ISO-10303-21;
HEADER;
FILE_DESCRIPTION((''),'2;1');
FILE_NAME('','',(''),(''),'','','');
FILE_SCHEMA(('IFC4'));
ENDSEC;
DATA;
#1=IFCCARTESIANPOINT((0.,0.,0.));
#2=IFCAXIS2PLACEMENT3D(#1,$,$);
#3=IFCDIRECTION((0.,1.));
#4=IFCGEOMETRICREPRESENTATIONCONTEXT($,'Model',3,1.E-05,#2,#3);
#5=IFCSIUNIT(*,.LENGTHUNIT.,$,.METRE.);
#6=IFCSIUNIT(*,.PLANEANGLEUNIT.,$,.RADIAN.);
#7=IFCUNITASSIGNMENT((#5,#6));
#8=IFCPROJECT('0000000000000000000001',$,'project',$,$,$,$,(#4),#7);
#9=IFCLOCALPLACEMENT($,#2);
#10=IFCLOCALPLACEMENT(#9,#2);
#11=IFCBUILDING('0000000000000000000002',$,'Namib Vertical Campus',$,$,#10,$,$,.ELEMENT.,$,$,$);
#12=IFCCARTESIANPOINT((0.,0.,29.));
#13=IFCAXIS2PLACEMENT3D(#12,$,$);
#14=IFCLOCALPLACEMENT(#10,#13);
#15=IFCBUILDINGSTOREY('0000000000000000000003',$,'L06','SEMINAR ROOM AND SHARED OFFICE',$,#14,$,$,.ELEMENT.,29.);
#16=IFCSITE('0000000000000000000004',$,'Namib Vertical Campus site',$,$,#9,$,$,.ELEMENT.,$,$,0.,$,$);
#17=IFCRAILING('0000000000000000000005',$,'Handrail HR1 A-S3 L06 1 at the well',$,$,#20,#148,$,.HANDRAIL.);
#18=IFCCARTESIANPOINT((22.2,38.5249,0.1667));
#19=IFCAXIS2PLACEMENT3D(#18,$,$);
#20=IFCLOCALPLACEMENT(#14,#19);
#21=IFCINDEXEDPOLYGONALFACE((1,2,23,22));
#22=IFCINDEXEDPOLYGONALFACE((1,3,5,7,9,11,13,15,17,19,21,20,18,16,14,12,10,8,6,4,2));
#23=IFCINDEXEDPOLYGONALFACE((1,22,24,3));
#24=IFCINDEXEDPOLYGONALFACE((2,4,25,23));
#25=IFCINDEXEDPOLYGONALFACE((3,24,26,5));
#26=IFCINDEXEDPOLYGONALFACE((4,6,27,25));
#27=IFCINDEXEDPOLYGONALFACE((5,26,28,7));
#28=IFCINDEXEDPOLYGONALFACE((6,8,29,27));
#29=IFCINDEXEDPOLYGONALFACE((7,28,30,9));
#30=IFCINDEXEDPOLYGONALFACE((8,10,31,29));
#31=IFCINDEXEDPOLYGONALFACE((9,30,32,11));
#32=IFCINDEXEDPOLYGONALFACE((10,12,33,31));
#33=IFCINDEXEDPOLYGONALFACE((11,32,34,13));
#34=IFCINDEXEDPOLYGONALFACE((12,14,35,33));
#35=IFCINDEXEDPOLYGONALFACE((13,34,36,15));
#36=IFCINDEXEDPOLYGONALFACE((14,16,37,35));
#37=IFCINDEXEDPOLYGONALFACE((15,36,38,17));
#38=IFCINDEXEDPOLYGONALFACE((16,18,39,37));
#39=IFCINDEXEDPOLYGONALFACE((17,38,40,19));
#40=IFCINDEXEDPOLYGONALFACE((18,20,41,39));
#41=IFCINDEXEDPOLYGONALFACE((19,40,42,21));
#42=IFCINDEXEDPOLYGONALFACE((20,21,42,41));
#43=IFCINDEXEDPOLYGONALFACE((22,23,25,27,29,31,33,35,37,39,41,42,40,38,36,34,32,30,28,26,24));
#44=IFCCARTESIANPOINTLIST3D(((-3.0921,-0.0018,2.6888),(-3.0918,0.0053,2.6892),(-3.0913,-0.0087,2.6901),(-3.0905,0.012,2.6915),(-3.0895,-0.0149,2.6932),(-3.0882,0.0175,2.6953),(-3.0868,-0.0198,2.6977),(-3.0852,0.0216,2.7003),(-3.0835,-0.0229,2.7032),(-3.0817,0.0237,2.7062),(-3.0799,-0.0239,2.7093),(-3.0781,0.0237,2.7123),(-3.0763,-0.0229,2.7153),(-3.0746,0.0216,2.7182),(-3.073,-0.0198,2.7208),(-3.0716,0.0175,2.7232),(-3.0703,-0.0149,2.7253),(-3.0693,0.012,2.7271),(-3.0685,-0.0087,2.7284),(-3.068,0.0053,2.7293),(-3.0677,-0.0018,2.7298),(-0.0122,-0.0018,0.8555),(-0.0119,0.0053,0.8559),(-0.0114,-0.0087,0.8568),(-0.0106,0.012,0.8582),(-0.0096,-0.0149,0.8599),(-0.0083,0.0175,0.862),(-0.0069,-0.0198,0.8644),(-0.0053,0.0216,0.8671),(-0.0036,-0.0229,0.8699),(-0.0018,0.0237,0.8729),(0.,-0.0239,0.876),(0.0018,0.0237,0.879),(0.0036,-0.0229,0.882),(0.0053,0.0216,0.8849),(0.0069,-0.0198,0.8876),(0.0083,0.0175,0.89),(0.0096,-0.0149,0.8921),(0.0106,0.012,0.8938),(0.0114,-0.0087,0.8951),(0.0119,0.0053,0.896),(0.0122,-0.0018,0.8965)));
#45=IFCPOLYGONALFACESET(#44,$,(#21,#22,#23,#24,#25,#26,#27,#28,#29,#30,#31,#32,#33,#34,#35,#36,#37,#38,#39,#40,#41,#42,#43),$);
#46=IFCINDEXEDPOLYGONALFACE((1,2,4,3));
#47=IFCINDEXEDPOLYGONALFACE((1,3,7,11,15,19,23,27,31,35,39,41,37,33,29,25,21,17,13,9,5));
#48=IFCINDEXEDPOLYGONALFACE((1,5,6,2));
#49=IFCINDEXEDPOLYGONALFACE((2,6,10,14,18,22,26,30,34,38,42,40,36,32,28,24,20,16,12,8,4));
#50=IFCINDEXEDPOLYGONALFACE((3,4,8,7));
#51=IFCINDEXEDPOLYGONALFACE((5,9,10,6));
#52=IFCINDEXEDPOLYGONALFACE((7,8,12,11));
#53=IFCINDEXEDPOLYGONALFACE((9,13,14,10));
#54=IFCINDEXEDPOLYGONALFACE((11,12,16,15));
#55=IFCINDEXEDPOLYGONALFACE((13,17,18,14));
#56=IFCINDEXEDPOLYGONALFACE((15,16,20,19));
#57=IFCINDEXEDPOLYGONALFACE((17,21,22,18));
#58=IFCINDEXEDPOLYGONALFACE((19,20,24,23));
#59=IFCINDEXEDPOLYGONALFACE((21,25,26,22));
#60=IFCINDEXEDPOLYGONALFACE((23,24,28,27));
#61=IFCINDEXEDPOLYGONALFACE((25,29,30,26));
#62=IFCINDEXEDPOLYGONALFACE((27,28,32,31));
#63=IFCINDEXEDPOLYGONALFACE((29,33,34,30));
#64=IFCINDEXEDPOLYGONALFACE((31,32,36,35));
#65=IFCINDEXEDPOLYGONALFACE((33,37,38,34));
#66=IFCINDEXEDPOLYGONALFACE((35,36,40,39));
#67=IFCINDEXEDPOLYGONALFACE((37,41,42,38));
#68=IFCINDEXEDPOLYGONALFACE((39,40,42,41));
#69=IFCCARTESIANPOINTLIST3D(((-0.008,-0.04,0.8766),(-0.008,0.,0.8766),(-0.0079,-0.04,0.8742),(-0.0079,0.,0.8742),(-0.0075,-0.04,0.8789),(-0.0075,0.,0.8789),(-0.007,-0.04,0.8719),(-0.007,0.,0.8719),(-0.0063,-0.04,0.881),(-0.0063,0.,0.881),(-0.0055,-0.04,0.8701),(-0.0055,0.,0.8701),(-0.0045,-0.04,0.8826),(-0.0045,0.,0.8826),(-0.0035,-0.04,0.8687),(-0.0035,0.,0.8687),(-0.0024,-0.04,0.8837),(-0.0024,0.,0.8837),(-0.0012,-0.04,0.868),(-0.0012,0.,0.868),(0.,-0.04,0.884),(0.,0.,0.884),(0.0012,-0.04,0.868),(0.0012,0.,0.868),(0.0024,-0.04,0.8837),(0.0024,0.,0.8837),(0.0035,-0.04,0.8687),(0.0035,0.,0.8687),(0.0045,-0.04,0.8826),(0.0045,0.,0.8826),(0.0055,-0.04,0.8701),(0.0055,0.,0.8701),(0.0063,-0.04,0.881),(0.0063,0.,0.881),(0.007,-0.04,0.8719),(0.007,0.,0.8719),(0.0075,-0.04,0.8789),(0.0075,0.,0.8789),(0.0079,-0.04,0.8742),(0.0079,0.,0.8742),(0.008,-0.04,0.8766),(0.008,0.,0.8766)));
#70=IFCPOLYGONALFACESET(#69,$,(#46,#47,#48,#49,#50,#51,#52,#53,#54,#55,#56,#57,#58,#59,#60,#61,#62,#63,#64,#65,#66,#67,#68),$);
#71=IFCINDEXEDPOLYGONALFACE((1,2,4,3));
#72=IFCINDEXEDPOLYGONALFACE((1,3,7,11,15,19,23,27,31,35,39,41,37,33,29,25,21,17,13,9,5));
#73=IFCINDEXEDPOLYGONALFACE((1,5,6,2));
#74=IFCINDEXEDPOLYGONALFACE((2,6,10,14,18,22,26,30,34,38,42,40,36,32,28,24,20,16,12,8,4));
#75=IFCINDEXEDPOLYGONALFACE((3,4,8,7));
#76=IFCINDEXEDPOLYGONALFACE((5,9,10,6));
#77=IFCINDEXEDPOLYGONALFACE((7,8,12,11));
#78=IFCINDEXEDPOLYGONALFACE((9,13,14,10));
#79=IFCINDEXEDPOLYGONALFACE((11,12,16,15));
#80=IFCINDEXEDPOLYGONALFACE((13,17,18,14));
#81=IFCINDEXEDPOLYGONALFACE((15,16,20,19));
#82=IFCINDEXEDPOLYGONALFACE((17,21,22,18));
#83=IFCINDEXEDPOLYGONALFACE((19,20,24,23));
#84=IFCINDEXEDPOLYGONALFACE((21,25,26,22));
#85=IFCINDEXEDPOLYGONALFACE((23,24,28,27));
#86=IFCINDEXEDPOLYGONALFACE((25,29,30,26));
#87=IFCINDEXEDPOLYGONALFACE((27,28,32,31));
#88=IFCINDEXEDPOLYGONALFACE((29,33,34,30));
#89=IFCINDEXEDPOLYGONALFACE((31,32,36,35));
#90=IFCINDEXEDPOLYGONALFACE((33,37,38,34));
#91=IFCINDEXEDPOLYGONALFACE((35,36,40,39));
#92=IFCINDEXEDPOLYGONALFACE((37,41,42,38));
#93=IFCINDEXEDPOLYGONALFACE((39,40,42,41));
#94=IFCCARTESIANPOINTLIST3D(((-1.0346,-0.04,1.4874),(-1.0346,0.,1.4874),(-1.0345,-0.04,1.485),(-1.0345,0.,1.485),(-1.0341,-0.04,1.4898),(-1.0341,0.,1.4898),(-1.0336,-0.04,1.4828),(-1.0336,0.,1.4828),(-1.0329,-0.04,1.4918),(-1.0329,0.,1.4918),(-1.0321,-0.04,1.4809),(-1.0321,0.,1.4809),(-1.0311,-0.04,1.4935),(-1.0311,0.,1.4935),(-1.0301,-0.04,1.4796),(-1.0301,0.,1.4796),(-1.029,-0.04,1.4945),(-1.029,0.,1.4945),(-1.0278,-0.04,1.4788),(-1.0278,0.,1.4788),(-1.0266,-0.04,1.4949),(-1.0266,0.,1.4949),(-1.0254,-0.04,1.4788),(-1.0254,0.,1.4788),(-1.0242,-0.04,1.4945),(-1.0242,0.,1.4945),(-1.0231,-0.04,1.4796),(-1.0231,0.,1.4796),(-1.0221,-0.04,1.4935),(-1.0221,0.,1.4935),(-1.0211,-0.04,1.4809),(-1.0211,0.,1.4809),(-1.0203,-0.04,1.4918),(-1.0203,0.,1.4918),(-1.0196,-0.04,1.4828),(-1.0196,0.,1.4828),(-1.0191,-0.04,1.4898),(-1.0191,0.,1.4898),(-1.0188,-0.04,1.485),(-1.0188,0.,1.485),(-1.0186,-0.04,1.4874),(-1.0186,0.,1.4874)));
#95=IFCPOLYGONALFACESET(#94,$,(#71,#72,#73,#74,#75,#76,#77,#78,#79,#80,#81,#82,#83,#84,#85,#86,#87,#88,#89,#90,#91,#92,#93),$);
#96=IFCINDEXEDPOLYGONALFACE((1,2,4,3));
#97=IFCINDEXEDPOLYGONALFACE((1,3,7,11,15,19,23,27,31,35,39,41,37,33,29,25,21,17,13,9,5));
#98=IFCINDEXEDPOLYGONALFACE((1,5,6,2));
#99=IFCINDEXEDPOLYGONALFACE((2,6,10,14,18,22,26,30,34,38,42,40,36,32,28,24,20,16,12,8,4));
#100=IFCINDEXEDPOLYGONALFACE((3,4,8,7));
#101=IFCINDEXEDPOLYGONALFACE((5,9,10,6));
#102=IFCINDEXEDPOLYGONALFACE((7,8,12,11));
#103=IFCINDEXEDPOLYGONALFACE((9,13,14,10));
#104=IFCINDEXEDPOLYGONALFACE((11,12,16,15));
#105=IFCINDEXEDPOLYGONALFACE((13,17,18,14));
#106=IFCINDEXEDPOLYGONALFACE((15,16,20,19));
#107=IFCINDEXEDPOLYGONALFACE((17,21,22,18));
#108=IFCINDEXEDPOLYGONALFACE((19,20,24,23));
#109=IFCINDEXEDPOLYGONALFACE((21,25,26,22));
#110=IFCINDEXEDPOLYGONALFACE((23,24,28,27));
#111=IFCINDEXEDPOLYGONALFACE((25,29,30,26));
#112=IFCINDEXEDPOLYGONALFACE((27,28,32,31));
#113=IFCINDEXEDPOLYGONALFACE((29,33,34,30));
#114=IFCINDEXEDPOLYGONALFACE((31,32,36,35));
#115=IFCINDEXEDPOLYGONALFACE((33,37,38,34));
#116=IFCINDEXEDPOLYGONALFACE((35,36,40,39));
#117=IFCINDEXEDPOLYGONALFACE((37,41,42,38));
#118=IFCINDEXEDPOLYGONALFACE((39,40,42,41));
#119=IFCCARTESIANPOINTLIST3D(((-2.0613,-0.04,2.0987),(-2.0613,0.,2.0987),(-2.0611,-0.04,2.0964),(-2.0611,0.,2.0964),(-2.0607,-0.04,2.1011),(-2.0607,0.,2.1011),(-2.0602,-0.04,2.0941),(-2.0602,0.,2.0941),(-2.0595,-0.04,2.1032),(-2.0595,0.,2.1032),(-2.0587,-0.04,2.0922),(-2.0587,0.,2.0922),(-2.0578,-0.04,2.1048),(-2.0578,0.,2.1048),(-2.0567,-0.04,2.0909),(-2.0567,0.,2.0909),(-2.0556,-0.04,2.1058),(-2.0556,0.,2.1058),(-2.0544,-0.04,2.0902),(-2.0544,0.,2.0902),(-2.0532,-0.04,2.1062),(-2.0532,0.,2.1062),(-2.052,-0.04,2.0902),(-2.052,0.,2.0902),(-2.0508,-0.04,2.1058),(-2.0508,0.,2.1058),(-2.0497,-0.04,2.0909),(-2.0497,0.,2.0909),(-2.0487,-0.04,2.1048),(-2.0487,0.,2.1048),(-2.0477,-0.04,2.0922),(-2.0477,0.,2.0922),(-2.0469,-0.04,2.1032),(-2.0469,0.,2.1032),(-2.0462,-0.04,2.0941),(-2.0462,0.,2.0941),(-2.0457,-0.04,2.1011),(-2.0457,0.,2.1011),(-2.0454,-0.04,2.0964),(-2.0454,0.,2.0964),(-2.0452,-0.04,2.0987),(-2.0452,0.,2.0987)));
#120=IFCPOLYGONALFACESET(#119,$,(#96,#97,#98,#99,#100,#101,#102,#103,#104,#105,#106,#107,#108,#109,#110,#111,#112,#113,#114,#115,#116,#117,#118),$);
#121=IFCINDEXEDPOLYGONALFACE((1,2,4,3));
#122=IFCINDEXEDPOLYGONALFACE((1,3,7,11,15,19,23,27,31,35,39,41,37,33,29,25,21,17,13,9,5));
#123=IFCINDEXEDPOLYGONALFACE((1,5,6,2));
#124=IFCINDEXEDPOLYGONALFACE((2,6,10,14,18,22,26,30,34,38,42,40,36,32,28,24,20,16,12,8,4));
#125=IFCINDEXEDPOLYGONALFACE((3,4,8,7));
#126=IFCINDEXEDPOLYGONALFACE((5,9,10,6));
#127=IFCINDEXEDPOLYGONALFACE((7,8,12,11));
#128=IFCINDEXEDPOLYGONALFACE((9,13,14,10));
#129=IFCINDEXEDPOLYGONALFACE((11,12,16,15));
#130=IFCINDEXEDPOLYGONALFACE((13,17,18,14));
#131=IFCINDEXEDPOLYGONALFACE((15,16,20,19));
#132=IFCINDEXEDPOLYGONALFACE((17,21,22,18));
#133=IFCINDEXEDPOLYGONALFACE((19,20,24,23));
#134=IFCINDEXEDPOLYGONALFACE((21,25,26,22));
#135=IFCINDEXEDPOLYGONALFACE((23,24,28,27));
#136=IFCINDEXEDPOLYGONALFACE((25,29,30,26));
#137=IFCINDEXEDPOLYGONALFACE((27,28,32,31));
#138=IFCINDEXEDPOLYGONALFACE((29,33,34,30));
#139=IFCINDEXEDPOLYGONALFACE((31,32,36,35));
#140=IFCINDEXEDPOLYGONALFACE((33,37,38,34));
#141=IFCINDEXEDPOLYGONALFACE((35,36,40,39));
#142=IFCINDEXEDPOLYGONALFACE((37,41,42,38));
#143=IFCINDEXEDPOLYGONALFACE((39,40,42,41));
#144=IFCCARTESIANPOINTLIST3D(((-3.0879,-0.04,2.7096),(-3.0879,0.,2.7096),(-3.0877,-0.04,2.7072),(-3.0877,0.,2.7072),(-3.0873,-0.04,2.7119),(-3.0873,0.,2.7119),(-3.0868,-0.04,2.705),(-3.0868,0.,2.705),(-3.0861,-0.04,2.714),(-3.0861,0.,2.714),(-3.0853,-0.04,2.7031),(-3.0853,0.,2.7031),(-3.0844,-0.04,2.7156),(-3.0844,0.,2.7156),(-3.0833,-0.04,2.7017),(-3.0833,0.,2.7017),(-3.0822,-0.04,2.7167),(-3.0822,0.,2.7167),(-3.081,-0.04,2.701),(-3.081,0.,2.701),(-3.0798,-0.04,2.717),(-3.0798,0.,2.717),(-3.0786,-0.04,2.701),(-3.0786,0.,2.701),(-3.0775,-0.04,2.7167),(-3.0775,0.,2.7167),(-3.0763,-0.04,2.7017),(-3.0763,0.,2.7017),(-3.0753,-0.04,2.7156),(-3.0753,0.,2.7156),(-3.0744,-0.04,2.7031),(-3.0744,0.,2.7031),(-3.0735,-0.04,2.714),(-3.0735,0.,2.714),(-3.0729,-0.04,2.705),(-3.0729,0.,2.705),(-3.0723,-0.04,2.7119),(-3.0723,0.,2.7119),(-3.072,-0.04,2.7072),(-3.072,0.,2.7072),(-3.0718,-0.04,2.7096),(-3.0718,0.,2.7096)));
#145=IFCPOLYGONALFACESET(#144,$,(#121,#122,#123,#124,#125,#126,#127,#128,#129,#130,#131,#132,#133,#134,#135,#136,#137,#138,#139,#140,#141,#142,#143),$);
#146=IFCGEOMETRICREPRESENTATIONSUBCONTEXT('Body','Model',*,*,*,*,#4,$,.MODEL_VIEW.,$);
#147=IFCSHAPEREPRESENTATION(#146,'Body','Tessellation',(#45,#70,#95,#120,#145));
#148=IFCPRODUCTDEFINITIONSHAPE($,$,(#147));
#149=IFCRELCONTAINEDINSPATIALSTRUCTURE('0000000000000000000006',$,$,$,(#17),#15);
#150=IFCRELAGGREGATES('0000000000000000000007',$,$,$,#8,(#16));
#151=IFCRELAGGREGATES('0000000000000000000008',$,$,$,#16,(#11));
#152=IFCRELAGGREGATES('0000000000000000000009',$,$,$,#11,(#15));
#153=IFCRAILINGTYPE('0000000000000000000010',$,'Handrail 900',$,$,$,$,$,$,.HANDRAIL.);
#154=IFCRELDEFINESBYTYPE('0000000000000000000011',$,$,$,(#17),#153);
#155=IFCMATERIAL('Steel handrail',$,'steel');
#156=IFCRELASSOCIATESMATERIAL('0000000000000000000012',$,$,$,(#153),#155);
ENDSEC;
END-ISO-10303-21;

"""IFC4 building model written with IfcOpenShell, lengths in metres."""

from ifc_helpers import new_model, si_unit, direction, frame, origin, origin_2d, place, context, subcontext, project, spatial, circle, extrude, material, type_object, element, save


model = new_model("IFC4")

# Units and contexts
model_context = context("Model", 3, precision=1e-05, world=origin(), true_north=direction((0.0, 1.0)))
body_context = subcontext(model_context, "Body", "Model", "MODEL_VIEW")
ifc_project = project(units=[si_unit("LENGTHUNIT", "METRE"), si_unit("PLANEANGLEUNIT", "RADIAN")], contexts=[model_context])

# Site, building, storey
site_placement = place(None, origin())
site = spatial("IfcSite", under=ifc_project, at=site_placement, Name="Namib Vertical Campus site", CompositionType="ELEMENT", RefElevation=0.0)
building_placement = place(site_placement, origin())
building = spatial("IfcBuilding", under=site, at=building_placement, Name="Namib Vertical Campus", CompositionType="ELEMENT")
storey_placement = place(building_placement, frame((0.0, 0.0, 29.0)))
storey = spatial("IfcBuildingStorey", under=building, at=storey_placement, Name="L06", Description="SEMINAR ROOM AND SHARED OFFICE", CompositionType="ELEMENT", Elevation=29.0)

# Railing
ifc_material_1 = material(Name="Steel handrail", Category="steel")
railing_type_1 = type_object("IfcRailingType", Name="Handrail 900", PredefinedType="HANDRAIL", material=ifc_material_1)
railing_1_placement = place(storey_placement, frame((22.2, 38.5249, 0.1667)))
element("IfcRailing", 1, at=railing_1_placement, inside=storey, type_object=railing_type_1, Name="Handrail HR1 A-S3 L06 1 at the well", PredefinedType="HANDRAIL", context=body_context, shape_type="SweptSolid", body=[
    extrude(circle(Radius=0.0239, at=origin_2d()), frame((0.0, 0.0, 0.876), z_axis=(-0.859291, 0.0, 0.511487), x_axis=(0.0, -1.0, 0.0)), (0.0, 0.0, 1.0), 3.5842),
    extrude(circle(Radius=0.0081, at=origin_2d()), frame((0.0, 0.0, 0.876), z_axis=(0.0, -1.0, 0.0), x_axis=(0.0, 0.0, 1.0)), (0.0, 0.0, 1.0), 0.04),
    extrude(circle(Radius=0.0081, at=origin_2d()), frame((-1.0266, 0.0, 1.4868), z_axis=(0.0, -1.0, 0.0), x_axis=(0.0, 0.0, 1.0)), (0.0, 0.0, 1.0), 0.04),
    extrude(circle(Radius=0.0081, at=origin_2d()), frame((-2.0532, 0.0, 2.0981), z_axis=(0.0, -1.0, 0.0), x_axis=(0.0, 0.0, 1.0)), (0.0, 0.0, 1.0), 0.04),
    extrude(circle(Radius=0.0081, at=origin_2d()), frame((-3.0798, 0.0, 2.709), z_axis=(0.0, -1.0, 0.0), x_axis=(0.0, 0.0, 1.0)), (0.0, 0.0, 1.0), 0.04),
])

save(model, "model.ifc")
